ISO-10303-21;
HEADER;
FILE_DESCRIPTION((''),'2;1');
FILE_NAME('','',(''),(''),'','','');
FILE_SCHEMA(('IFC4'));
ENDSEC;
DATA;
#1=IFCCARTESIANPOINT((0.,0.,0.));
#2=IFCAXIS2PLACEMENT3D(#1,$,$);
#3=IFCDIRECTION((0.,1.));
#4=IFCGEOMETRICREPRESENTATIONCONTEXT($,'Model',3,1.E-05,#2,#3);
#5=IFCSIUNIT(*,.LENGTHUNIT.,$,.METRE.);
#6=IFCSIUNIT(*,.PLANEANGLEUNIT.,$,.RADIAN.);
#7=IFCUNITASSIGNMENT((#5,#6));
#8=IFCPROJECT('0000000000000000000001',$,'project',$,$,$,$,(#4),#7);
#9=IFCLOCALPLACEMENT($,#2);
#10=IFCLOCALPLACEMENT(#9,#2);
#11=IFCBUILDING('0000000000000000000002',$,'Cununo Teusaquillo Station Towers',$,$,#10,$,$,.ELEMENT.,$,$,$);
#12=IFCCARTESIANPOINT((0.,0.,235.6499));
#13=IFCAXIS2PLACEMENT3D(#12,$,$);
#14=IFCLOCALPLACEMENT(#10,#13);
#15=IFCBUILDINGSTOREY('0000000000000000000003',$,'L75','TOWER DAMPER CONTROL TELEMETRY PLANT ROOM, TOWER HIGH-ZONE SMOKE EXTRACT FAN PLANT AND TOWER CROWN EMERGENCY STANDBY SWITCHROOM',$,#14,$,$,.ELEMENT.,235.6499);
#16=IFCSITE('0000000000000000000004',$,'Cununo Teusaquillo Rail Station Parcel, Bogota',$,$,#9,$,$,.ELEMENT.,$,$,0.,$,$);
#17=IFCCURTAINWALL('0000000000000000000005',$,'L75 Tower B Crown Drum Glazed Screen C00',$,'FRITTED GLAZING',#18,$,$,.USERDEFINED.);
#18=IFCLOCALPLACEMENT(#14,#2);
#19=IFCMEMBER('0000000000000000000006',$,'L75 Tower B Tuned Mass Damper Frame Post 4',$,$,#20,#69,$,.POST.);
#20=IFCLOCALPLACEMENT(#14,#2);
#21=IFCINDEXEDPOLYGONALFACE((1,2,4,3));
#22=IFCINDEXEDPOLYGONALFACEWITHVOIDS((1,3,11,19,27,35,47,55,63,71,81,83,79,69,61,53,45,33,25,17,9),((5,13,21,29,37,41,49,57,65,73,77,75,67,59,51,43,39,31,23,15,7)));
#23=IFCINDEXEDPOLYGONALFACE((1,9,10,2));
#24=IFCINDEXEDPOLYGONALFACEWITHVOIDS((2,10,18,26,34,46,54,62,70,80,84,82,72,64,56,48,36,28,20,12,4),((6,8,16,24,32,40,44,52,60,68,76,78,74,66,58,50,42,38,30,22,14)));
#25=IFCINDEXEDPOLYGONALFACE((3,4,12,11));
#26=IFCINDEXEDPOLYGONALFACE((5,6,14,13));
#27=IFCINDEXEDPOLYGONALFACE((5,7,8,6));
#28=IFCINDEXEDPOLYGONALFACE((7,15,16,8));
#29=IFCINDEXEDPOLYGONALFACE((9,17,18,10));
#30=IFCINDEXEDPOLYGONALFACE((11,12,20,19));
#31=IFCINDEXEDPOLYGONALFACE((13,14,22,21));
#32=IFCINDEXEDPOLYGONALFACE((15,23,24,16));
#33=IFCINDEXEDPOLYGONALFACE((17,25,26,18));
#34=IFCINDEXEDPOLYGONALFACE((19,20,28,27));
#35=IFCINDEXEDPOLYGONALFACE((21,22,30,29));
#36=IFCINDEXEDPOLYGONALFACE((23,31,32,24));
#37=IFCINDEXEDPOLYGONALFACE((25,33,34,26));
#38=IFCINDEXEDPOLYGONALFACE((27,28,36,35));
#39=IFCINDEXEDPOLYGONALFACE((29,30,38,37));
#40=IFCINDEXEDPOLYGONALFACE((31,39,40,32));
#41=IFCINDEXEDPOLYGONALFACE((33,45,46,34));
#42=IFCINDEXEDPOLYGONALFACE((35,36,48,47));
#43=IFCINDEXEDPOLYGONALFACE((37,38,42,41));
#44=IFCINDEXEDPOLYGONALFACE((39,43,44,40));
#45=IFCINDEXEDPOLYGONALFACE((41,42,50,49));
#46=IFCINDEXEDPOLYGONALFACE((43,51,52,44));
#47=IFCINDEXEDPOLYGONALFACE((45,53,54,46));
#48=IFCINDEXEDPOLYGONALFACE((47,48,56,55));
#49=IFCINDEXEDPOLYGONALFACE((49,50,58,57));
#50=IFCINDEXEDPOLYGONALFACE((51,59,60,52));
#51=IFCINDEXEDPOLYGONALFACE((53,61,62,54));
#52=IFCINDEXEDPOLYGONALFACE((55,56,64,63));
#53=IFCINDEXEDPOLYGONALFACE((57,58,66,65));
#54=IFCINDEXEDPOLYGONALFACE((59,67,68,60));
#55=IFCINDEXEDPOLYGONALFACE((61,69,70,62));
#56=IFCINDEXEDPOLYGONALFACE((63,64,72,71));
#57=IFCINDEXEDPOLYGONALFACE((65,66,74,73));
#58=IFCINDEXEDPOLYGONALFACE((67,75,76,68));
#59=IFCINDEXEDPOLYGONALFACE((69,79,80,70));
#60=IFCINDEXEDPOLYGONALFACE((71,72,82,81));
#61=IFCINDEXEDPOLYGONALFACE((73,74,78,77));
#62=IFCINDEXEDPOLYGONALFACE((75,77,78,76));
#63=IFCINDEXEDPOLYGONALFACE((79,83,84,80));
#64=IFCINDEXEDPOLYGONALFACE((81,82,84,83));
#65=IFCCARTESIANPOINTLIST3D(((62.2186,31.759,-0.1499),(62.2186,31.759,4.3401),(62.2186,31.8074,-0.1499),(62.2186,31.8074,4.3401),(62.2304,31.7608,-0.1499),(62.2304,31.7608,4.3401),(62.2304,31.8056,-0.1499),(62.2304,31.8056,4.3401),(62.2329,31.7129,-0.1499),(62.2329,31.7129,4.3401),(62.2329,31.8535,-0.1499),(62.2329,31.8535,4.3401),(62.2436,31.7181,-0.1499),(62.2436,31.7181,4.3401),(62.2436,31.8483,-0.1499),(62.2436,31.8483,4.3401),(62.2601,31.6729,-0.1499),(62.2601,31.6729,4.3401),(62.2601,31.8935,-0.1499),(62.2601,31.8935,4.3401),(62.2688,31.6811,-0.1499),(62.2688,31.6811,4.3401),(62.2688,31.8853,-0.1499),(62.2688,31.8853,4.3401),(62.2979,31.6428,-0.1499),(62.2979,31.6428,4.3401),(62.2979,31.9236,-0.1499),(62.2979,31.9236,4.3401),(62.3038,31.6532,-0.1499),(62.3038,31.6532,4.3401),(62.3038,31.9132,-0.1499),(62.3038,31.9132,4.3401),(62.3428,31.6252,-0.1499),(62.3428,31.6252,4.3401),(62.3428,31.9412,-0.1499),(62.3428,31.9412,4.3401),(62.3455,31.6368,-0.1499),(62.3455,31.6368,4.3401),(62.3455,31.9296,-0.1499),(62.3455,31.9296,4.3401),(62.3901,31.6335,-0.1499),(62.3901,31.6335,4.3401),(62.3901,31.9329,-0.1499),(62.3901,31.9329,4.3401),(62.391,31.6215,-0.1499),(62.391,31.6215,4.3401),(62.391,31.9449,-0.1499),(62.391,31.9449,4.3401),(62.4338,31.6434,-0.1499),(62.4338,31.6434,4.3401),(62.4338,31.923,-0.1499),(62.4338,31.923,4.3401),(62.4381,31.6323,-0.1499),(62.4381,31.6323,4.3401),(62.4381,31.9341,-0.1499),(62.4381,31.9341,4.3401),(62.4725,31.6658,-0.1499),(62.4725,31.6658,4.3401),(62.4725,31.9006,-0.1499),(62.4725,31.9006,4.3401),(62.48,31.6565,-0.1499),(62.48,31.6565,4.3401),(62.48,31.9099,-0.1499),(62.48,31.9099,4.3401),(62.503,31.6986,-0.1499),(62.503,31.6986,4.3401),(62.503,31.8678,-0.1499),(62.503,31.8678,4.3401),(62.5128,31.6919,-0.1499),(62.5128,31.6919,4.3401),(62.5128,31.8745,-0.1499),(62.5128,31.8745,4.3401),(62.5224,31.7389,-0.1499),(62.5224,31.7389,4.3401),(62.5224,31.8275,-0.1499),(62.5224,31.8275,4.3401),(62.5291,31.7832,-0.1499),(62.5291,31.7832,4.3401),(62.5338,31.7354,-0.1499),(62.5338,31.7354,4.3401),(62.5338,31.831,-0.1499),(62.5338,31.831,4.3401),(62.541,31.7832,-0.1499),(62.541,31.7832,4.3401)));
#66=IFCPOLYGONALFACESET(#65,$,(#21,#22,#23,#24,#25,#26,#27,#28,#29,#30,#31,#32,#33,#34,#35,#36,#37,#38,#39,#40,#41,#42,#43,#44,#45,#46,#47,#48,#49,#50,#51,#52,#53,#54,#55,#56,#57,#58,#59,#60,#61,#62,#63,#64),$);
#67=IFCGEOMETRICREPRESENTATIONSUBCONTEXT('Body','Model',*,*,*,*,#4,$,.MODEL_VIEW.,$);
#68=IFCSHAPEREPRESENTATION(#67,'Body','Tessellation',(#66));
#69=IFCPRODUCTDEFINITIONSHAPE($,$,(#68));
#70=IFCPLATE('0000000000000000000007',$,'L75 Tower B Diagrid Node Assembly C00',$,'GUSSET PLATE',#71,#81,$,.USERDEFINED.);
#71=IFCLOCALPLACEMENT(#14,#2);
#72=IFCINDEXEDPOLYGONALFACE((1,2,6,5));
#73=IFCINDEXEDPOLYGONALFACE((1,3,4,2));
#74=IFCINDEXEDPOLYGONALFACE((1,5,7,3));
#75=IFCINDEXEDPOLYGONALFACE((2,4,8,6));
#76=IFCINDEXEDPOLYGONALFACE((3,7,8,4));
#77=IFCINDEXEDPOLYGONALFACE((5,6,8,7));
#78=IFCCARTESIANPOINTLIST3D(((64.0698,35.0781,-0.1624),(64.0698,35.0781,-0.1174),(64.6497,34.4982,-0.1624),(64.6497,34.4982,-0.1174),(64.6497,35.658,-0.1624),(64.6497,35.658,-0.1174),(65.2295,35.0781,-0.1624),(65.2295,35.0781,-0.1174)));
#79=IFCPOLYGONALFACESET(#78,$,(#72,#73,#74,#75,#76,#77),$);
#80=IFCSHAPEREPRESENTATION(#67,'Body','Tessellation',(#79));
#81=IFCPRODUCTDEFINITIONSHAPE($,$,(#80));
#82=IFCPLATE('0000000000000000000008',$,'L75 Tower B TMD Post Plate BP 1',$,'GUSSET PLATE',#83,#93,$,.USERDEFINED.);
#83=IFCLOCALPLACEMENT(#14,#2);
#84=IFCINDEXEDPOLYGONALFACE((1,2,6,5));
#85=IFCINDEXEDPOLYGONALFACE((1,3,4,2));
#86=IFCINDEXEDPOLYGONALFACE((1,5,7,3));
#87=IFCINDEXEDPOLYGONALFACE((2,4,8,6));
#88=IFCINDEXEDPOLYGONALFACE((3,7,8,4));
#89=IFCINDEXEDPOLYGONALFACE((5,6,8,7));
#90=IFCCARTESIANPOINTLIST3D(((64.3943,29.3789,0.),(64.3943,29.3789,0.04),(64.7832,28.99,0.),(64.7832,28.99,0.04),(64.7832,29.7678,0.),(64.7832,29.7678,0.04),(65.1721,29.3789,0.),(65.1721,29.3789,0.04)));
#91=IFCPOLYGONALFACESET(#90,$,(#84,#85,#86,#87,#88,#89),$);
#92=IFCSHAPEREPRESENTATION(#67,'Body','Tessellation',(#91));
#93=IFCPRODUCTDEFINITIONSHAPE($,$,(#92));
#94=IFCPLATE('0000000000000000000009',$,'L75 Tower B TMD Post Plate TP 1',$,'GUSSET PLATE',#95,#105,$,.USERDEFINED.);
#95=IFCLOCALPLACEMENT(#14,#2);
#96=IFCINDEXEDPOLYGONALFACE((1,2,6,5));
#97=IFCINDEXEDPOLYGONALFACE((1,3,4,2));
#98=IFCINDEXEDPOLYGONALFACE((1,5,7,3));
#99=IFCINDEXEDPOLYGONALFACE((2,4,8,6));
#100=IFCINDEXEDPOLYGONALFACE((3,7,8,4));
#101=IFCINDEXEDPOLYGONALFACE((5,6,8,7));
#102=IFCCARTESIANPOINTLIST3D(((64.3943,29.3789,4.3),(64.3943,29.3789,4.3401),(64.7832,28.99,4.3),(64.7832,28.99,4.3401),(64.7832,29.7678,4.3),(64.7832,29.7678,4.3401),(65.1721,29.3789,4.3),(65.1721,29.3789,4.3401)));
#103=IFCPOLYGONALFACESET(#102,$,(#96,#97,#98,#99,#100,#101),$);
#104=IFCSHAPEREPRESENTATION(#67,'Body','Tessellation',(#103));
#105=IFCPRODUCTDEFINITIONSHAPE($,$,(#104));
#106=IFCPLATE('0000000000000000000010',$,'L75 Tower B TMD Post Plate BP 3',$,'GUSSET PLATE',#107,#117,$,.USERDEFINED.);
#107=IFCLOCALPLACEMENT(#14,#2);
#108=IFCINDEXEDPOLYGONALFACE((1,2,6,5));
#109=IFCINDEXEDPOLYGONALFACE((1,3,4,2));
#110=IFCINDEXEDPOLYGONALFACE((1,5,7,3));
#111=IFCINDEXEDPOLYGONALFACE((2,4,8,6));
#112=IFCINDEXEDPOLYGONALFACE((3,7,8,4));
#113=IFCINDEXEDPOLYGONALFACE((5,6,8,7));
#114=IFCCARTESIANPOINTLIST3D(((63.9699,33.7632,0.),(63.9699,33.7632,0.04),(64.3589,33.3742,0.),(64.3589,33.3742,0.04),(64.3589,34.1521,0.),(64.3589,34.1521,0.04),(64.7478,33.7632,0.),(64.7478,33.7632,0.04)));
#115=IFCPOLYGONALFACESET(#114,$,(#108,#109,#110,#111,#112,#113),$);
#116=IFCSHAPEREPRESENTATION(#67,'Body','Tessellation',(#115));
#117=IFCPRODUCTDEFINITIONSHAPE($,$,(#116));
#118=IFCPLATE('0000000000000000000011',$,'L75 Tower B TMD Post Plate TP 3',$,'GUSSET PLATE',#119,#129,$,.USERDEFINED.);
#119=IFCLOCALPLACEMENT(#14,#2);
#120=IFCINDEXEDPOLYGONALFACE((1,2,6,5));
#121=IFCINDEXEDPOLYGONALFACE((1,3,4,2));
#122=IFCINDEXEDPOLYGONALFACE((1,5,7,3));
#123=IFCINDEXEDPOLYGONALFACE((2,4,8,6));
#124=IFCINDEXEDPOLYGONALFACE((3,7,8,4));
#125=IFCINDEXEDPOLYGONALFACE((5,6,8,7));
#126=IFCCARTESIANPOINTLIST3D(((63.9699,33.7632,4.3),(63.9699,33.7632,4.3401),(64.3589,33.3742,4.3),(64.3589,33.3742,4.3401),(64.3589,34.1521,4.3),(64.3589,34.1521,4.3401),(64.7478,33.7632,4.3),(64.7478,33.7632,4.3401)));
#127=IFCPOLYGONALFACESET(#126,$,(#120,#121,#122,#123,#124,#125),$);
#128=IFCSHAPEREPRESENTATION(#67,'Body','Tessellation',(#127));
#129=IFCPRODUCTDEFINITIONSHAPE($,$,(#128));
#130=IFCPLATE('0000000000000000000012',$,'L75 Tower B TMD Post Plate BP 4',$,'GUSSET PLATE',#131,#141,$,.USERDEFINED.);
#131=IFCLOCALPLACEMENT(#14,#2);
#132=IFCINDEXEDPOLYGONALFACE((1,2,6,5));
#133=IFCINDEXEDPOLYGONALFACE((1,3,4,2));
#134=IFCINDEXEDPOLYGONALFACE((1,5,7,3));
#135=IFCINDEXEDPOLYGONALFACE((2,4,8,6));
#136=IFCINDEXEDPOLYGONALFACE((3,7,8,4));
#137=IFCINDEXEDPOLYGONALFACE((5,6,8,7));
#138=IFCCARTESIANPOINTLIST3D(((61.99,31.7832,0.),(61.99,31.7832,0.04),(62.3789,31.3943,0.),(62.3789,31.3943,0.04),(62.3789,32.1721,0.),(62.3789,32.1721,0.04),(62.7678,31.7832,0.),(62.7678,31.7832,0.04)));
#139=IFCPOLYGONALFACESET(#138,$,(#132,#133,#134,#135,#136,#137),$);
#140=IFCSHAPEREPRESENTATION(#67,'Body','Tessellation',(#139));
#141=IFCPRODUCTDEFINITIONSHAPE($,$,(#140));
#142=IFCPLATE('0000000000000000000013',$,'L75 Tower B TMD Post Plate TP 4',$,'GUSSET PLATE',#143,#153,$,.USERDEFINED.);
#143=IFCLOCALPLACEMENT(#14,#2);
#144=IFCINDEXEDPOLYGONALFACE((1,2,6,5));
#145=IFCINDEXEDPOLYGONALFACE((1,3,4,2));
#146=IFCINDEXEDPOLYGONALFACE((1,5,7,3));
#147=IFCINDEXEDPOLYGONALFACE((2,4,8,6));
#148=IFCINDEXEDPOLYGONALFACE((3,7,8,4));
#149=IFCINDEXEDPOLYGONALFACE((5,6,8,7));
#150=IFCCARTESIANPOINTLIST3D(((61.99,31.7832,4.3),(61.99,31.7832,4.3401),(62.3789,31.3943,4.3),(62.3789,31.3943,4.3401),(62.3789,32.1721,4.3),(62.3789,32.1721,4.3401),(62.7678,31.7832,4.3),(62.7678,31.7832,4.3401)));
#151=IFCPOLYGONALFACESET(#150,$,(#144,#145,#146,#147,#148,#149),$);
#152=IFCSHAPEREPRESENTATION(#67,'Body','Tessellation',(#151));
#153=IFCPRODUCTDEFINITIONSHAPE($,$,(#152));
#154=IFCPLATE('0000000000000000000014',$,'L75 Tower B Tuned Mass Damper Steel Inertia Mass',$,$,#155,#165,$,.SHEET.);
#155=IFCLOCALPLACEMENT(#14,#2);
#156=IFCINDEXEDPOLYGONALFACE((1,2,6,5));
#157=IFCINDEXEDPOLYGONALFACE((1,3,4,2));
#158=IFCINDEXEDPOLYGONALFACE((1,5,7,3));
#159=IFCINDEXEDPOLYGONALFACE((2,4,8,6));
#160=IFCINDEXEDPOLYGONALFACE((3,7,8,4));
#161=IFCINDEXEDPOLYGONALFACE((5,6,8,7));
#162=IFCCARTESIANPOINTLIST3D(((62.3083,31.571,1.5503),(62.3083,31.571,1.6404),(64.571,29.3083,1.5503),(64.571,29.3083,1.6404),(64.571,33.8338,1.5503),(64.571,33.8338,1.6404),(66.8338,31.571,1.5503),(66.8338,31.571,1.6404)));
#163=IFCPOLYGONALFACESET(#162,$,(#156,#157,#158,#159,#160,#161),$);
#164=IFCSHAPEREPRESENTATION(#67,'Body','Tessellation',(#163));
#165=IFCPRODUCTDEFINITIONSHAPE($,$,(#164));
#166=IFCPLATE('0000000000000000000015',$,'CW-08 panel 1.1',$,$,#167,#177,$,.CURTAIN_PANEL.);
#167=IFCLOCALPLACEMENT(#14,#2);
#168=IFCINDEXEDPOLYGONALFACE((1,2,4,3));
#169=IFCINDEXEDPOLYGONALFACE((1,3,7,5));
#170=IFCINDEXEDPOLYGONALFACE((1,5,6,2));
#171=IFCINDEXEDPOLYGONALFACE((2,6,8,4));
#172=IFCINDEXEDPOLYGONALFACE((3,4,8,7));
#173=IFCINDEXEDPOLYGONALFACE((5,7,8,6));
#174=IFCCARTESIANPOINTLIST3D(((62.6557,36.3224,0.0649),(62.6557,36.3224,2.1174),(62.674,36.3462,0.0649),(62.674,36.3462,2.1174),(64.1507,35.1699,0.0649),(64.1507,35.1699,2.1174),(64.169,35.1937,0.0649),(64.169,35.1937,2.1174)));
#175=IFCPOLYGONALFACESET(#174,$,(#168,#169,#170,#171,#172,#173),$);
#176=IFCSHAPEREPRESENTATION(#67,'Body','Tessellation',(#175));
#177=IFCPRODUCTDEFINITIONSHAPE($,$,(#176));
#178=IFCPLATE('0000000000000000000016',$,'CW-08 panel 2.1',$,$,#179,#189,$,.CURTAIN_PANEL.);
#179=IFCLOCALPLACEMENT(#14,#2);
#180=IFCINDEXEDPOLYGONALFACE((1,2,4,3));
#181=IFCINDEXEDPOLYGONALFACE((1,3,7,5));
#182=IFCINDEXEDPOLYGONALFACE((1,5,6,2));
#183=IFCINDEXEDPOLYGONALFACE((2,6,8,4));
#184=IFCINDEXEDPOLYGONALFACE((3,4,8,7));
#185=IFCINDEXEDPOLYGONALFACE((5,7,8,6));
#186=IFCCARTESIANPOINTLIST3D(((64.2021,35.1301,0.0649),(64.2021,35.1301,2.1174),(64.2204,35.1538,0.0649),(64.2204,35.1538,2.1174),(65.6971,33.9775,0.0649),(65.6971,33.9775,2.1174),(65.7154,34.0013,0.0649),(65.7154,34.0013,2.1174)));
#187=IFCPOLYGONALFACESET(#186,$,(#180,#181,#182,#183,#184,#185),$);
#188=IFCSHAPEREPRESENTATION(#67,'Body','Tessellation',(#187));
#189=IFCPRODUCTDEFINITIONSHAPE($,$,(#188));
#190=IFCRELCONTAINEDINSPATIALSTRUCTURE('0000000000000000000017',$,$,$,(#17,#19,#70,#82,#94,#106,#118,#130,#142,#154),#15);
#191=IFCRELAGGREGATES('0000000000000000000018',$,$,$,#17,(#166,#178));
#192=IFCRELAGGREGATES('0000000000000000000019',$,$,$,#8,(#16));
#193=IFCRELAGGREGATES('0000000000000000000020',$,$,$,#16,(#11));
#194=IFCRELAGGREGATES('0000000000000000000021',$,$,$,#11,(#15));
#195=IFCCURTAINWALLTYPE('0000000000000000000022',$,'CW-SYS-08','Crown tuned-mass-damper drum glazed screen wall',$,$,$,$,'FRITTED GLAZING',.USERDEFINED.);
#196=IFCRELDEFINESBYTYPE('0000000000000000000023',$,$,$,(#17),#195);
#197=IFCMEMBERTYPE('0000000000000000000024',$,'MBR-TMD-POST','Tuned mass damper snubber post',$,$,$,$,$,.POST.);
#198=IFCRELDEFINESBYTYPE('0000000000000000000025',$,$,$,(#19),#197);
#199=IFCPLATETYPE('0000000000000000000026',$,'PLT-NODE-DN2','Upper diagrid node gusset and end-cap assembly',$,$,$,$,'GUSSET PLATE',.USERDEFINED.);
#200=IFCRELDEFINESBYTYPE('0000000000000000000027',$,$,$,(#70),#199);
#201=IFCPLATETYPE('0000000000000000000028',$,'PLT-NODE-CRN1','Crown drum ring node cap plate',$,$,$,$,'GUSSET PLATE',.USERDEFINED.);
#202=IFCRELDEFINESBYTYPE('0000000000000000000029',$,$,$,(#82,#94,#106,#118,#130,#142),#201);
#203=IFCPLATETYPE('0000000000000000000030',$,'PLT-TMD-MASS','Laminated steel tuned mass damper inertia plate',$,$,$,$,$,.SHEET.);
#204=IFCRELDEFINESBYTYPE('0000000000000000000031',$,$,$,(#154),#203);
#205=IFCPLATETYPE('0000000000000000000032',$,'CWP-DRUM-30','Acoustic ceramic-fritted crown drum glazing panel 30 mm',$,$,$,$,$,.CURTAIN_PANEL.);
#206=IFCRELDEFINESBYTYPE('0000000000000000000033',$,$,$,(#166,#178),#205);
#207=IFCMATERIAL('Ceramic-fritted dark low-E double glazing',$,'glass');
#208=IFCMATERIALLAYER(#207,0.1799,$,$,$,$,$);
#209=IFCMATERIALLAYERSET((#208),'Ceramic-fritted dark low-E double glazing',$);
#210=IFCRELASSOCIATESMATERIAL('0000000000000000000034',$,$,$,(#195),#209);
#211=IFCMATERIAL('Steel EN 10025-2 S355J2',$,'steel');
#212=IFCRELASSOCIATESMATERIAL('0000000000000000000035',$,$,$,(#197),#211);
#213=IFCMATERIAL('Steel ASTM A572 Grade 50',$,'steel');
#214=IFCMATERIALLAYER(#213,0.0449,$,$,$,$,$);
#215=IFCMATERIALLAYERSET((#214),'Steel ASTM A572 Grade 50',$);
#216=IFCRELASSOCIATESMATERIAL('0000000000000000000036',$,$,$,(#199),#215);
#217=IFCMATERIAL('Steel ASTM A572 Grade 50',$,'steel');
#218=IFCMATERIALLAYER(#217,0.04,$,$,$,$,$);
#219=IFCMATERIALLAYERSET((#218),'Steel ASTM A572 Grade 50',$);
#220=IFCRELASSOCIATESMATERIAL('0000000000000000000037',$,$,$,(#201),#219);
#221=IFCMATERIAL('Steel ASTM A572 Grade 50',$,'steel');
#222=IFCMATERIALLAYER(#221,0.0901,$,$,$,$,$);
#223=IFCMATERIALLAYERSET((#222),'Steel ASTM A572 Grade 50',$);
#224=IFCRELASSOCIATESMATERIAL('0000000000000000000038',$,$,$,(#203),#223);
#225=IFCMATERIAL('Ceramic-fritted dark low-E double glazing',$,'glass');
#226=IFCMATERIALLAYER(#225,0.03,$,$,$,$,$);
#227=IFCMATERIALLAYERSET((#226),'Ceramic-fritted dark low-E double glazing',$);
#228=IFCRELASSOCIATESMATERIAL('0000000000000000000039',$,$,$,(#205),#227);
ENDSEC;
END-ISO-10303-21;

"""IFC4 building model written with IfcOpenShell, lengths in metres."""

from ifc_helpers import new_model, si_unit, direction, frame, origin, origin_2d, place, context, subcontext, project, spatial, rectangle, hollow_circle, extrude, source, transform, mapped, material, layer, layer_set, material_profile, profile_set, type_object, element, aggregate, save


model = new_model("IFC4")

# Units and contexts
model_context = context("Model", 3, precision=1e-05, world=origin(), true_north=direction((0.0, 1.0)))
body_context = subcontext(model_context, "Body", "Model", "MODEL_VIEW")
ifc_project = project(units=[si_unit("LENGTHUNIT", "METRE"), si_unit("PLANEANGLEUNIT", "RADIAN")], contexts=[model_context])

# Site, building, storey
site_placement = place(None, origin())
site = spatial("IfcSite", under=ifc_project, at=site_placement, Name="Cununo Teusaquillo Rail Station Parcel, Bogota", CompositionType="ELEMENT", RefElevation=0.0)
building_placement = place(site_placement, origin())
building = spatial("IfcBuilding", under=site, at=building_placement, Name="Cununo Teusaquillo Station Towers", CompositionType="ELEMENT")
storey_placement = place(building_placement, frame((0.0, 0.0, 235.6499)))
storey = spatial("IfcBuildingStorey", under=building, at=storey_placement, Name="L75", Description="TOWER DAMPER CONTROL TELEMETRY PLANT ROOM, TOWER HIGH-ZONE SMOKE EXTRACT FAN PLANT AND TOWER CROWN EMERGENCY STANDBY SWITCHROOM", CompositionType="ELEMENT", Elevation=235.6499)

# Curtain wall
ifc_material_1 = material(Name="Ceramic-fritted dark low-E double glazing", Category="glass")
ifc_layer_1 = layer(ifc_material_1, 0.1799)
ifc_layer_set_1 = layer_set([ifc_layer_1], Name="Ceramic-fritted dark low-E double glazing")
curtain_wall_type = type_object("IfcCurtainWallType", Name="CW-SYS-08", Description="Crown tuned-mass-damper drum glazed screen wall", ElementType="FRITTED GLAZING", PredefinedType="USERDEFINED", material=ifc_layer_set_1)
curtain_wall_placement = place(storey_placement, origin())
curtain_wall = element("IfcCurtainWall", 1, at=curtain_wall_placement, inside=storey, type_object=curtain_wall_type, Name="L75 Tower B Crown Drum Glazed Screen C00", ObjectType="FRITTED GLAZING", PredefinedType="USERDEFINED")

# Member
ifc_material_2 = material(Name="Steel EN 10025-2 S355J2", Category="steel")
ifc_material_profile_1 = material_profile(ifc_material_2, hollow_circle(Radius=0.1621, WallThickness=0.012, at=origin_2d()), Name="CHS 324x12")
ifc_profile_set_1 = profile_set([ifc_material_profile_1], Name="Steel EN 10025-2 S355J2")
member_type_1 = type_object("IfcMemberType", Name="MBR-TMD-POST", Description="Tuned mass damper snubber post", PredefinedType="POST", material=ifc_profile_set_1)
for number, where, z_axis, x_axis, name in (
    (2, (62.3789, 31.7832, -0.1499), (0.0, 0.0, 1.0), (1.0, 0.0, 0.0), "L75 Tower B Tuned Mass Damper Frame Post 4"),
):
    element("IfcMember", number, at=place(storey_placement, frame(where, z_axis=z_axis, x_axis=x_axis)), inside=storey, type_object=member_type_1, Name=name, PredefinedType="POST", context=body_context, shape_type="SweptSolid", body=[
        extrude(hollow_circle(Radius=0.1621, WallThickness=0.012, at=origin_2d()), origin(), (0.0, 0.0, 1.0), 4.49),
    ])

# Plates
ifc_material_3 = material(Name="Steel ASTM A572 Grade 50", Category="steel")
ifc_layer_2 = layer(ifc_material_3, 0.0449)
ifc_layer_set_2 = layer_set([ifc_layer_2], Name="Steel ASTM A572 Grade 50")
plate_type_1 = type_object("IfcPlateType", Name="PLT-NODE-DN2", Description="Upper diagrid node gusset and end-cap assembly", ElementType="GUSSET PLATE", PredefinedType="USERDEFINED", material=ifc_layer_set_2)
shared_shape_1 = source(origin(), body_context, "Body", "SweptSolid", [
    extrude(rectangle(XDim=0.8201, YDim=0.8201, at=origin_2d()), origin(), (0.0, 0.0, 1.0), 0.0449),
])
plate_1_placement = place(storey_placement, frame((64.6497, 35.0781, -0.1624), z_axis=(0.0, 0.0, 1.0), x_axis=(0.707107, 0.707107, 0.0)))
element("IfcPlate", 3, at=plate_1_placement, inside=storey, type_object=plate_type_1, Name="L75 Tower B Diagrid Node Assembly C00", ObjectType="GUSSET PLATE", PredefinedType="USERDEFINED", context=body_context, shape_type="MappedRepresentation", body=[
    mapped(shared_shape_1, transform((0.0, 0.0, 0.0), x_axis=(1.0, 0.0, 0.0), y_axis=(0.0, 1.0, 0.0), z_axis=(0.0, 0.0, 1.0), scale=1.0)),
])
ifc_material_4 = material(Name="Steel ASTM A572 Grade 50", Category="steel")
ifc_layer_3 = layer(ifc_material_4, 0.04)
ifc_layer_set_3 = layer_set([ifc_layer_3], Name="Steel ASTM A572 Grade 50")
plate_type_2 = type_object("IfcPlateType", Name="PLT-NODE-CRN1", Description="Crown drum ring node cap plate", ElementType="GUSSET PLATE", PredefinedType="USERDEFINED", material=ifc_layer_set_3)
shared_shape_2 = source(origin(), body_context, "Body", "SweptSolid", [
    extrude(rectangle(XDim=0.55, YDim=0.55, at=origin_2d()), origin(), (0.0, 0.0, 1.0), 0.04),
])
for number, where, z_axis, x_axis, name in (
    (4, (64.7832, 29.3789, 0.0), (0.0, 0.0, 1.0), (0.707107, 0.707107, 0.0), "L75 Tower B TMD Post Plate BP 1"),
    (5, (64.7832, 29.3789, 4.3), (0.0, 0.0, 1.0), (0.707107, 0.707107, 0.0), "L75 Tower B TMD Post Plate TP 1"),
    (6, (64.3589, 33.7632, 0.0), (0.0, 0.0, 1.0), (0.707107, 0.707107, 0.0), "L75 Tower B TMD Post Plate BP 3"),
    (7, (64.3589, 33.7632, 4.3), (0.0, 0.0, 1.0), (0.707107, 0.707107, 0.0), "L75 Tower B TMD Post Plate TP 3"),
    (8, (62.3789, 31.7832, 0.0), (0.0, 0.0, 1.0), (0.707107, 0.707107, 0.0), "L75 Tower B TMD Post Plate BP 4"),
    (9, (62.3789, 31.7832, 4.3), (0.0, 0.0, 1.0), (0.707107, 0.707107, 0.0), "L75 Tower B TMD Post Plate TP 4"),
):
    element("IfcPlate", number, at=place(storey_placement, frame(where, z_axis=z_axis, x_axis=x_axis)), inside=storey, type_object=plate_type_2, Name=name, ObjectType="GUSSET PLATE", PredefinedType="USERDEFINED", context=body_context, shape_type="MappedRepresentation", body=[
        mapped(shared_shape_2, transform((0.0, 0.0, 0.0), x_axis=(1.0, 0.0, 0.0), y_axis=(0.0, 1.0, 0.0), z_axis=(0.0, 0.0, 1.0), scale=1.0)),
    ])
ifc_material_5 = material(Name="Steel ASTM A572 Grade 50", Category="steel")
ifc_layer_4 = layer(ifc_material_5, 0.0901)
ifc_layer_set_4 = layer_set([ifc_layer_4], Name="Steel ASTM A572 Grade 50")
plate_type_3 = type_object("IfcPlateType", Name="PLT-TMD-MASS", Description="Laminated steel tuned mass damper inertia plate", PredefinedType="SHEET", material=ifc_layer_set_4)
shared_shape_3 = source(origin(), body_context, "Body", "SweptSolid", [
    extrude(rectangle(XDim=3.2, YDim=3.2, at=origin_2d()), origin(), (0.0, 0.0, 1.0), 0.0901),
])
plate_2_placement = place(storey_placement, frame((64.571, 31.571, 1.5503), z_axis=(0.0, 0.0, 1.0), x_axis=(0.707107, 0.707107, 0.0)))
element("IfcPlate", 10, at=plate_2_placement, inside=storey, type_object=plate_type_3, Name="L75 Tower B Tuned Mass Damper Steel Inertia Mass", PredefinedType="SHEET", context=body_context, shape_type="MappedRepresentation", body=[
    mapped(shared_shape_3, transform((0.0, 0.0, 0.0), x_axis=(1.0, 0.0, 0.0), y_axis=(0.0, 1.0, 0.0), z_axis=(0.0, 0.0, 1.0), scale=1.0)),
])

# Plates
ifc_material_6 = material(Name="Ceramic-fritted dark low-E double glazing", Category="glass")
ifc_layer_5 = layer(ifc_material_6, 0.03)
ifc_layer_set_5 = layer_set([ifc_layer_5], Name="Ceramic-fritted dark low-E double glazing")
plate_type_4 = type_object("IfcPlateType", Name="CWP-DRUM-30", Description="Acoustic ceramic-fritted crown drum glazing panel 30 mm", PredefinedType="CURTAIN_PANEL", material=ifc_layer_set_5)
shared_shape_4 = source(origin(), body_context, "Body", "SweptSolid", [
    extrude(rectangle(XDim=1.8877, YDim=0.03, at=origin_2d()), origin(), (0.0, 0.0, 1.0), 2.0525),
])
plate_3_placement = place(storey_placement, frame((63.4124, 35.7581, 0.0649), z_axis=(0.0, 0.0, 1.0), x_axis=(0.791965, -0.610566, 0.0)))
plate_3 = element("IfcPlate", 11, at=plate_3_placement, type_object=plate_type_4, Name="CW-08 panel 1.1", PredefinedType="CURTAIN_PANEL", context=body_context, shape_type="MappedRepresentation", body=[
    mapped(shared_shape_4, transform((0.0, 0.0, 0.0), x_axis=(1.0, 0.0, 0.0), y_axis=(0.0, 1.0, 0.0), z_axis=(0.0, 0.0, 1.0), scale=1.0)),
])
plate_4_placement = place(storey_placement, frame((64.9587, 34.5657, 0.0649), z_axis=(0.0, 0.0, 1.0), x_axis=(0.791965, -0.610566, 0.0)))
plate_4 = element("IfcPlate", 12, at=plate_4_placement, type_object=plate_type_4, Name="CW-08 panel 2.1", PredefinedType="CURTAIN_PANEL", context=body_context, shape_type="MappedRepresentation", body=[
    mapped(shared_shape_4, transform((0.0, 0.0, 0.0), x_axis=(1.0, 0.0, 0.0), y_axis=(0.0, 1.0, 0.0), z_axis=(0.0, 0.0, 1.0), scale=1.0)),
])
aggregate(curtain_wall, [plate_3, plate_4])

save(model, "model.ifc")
